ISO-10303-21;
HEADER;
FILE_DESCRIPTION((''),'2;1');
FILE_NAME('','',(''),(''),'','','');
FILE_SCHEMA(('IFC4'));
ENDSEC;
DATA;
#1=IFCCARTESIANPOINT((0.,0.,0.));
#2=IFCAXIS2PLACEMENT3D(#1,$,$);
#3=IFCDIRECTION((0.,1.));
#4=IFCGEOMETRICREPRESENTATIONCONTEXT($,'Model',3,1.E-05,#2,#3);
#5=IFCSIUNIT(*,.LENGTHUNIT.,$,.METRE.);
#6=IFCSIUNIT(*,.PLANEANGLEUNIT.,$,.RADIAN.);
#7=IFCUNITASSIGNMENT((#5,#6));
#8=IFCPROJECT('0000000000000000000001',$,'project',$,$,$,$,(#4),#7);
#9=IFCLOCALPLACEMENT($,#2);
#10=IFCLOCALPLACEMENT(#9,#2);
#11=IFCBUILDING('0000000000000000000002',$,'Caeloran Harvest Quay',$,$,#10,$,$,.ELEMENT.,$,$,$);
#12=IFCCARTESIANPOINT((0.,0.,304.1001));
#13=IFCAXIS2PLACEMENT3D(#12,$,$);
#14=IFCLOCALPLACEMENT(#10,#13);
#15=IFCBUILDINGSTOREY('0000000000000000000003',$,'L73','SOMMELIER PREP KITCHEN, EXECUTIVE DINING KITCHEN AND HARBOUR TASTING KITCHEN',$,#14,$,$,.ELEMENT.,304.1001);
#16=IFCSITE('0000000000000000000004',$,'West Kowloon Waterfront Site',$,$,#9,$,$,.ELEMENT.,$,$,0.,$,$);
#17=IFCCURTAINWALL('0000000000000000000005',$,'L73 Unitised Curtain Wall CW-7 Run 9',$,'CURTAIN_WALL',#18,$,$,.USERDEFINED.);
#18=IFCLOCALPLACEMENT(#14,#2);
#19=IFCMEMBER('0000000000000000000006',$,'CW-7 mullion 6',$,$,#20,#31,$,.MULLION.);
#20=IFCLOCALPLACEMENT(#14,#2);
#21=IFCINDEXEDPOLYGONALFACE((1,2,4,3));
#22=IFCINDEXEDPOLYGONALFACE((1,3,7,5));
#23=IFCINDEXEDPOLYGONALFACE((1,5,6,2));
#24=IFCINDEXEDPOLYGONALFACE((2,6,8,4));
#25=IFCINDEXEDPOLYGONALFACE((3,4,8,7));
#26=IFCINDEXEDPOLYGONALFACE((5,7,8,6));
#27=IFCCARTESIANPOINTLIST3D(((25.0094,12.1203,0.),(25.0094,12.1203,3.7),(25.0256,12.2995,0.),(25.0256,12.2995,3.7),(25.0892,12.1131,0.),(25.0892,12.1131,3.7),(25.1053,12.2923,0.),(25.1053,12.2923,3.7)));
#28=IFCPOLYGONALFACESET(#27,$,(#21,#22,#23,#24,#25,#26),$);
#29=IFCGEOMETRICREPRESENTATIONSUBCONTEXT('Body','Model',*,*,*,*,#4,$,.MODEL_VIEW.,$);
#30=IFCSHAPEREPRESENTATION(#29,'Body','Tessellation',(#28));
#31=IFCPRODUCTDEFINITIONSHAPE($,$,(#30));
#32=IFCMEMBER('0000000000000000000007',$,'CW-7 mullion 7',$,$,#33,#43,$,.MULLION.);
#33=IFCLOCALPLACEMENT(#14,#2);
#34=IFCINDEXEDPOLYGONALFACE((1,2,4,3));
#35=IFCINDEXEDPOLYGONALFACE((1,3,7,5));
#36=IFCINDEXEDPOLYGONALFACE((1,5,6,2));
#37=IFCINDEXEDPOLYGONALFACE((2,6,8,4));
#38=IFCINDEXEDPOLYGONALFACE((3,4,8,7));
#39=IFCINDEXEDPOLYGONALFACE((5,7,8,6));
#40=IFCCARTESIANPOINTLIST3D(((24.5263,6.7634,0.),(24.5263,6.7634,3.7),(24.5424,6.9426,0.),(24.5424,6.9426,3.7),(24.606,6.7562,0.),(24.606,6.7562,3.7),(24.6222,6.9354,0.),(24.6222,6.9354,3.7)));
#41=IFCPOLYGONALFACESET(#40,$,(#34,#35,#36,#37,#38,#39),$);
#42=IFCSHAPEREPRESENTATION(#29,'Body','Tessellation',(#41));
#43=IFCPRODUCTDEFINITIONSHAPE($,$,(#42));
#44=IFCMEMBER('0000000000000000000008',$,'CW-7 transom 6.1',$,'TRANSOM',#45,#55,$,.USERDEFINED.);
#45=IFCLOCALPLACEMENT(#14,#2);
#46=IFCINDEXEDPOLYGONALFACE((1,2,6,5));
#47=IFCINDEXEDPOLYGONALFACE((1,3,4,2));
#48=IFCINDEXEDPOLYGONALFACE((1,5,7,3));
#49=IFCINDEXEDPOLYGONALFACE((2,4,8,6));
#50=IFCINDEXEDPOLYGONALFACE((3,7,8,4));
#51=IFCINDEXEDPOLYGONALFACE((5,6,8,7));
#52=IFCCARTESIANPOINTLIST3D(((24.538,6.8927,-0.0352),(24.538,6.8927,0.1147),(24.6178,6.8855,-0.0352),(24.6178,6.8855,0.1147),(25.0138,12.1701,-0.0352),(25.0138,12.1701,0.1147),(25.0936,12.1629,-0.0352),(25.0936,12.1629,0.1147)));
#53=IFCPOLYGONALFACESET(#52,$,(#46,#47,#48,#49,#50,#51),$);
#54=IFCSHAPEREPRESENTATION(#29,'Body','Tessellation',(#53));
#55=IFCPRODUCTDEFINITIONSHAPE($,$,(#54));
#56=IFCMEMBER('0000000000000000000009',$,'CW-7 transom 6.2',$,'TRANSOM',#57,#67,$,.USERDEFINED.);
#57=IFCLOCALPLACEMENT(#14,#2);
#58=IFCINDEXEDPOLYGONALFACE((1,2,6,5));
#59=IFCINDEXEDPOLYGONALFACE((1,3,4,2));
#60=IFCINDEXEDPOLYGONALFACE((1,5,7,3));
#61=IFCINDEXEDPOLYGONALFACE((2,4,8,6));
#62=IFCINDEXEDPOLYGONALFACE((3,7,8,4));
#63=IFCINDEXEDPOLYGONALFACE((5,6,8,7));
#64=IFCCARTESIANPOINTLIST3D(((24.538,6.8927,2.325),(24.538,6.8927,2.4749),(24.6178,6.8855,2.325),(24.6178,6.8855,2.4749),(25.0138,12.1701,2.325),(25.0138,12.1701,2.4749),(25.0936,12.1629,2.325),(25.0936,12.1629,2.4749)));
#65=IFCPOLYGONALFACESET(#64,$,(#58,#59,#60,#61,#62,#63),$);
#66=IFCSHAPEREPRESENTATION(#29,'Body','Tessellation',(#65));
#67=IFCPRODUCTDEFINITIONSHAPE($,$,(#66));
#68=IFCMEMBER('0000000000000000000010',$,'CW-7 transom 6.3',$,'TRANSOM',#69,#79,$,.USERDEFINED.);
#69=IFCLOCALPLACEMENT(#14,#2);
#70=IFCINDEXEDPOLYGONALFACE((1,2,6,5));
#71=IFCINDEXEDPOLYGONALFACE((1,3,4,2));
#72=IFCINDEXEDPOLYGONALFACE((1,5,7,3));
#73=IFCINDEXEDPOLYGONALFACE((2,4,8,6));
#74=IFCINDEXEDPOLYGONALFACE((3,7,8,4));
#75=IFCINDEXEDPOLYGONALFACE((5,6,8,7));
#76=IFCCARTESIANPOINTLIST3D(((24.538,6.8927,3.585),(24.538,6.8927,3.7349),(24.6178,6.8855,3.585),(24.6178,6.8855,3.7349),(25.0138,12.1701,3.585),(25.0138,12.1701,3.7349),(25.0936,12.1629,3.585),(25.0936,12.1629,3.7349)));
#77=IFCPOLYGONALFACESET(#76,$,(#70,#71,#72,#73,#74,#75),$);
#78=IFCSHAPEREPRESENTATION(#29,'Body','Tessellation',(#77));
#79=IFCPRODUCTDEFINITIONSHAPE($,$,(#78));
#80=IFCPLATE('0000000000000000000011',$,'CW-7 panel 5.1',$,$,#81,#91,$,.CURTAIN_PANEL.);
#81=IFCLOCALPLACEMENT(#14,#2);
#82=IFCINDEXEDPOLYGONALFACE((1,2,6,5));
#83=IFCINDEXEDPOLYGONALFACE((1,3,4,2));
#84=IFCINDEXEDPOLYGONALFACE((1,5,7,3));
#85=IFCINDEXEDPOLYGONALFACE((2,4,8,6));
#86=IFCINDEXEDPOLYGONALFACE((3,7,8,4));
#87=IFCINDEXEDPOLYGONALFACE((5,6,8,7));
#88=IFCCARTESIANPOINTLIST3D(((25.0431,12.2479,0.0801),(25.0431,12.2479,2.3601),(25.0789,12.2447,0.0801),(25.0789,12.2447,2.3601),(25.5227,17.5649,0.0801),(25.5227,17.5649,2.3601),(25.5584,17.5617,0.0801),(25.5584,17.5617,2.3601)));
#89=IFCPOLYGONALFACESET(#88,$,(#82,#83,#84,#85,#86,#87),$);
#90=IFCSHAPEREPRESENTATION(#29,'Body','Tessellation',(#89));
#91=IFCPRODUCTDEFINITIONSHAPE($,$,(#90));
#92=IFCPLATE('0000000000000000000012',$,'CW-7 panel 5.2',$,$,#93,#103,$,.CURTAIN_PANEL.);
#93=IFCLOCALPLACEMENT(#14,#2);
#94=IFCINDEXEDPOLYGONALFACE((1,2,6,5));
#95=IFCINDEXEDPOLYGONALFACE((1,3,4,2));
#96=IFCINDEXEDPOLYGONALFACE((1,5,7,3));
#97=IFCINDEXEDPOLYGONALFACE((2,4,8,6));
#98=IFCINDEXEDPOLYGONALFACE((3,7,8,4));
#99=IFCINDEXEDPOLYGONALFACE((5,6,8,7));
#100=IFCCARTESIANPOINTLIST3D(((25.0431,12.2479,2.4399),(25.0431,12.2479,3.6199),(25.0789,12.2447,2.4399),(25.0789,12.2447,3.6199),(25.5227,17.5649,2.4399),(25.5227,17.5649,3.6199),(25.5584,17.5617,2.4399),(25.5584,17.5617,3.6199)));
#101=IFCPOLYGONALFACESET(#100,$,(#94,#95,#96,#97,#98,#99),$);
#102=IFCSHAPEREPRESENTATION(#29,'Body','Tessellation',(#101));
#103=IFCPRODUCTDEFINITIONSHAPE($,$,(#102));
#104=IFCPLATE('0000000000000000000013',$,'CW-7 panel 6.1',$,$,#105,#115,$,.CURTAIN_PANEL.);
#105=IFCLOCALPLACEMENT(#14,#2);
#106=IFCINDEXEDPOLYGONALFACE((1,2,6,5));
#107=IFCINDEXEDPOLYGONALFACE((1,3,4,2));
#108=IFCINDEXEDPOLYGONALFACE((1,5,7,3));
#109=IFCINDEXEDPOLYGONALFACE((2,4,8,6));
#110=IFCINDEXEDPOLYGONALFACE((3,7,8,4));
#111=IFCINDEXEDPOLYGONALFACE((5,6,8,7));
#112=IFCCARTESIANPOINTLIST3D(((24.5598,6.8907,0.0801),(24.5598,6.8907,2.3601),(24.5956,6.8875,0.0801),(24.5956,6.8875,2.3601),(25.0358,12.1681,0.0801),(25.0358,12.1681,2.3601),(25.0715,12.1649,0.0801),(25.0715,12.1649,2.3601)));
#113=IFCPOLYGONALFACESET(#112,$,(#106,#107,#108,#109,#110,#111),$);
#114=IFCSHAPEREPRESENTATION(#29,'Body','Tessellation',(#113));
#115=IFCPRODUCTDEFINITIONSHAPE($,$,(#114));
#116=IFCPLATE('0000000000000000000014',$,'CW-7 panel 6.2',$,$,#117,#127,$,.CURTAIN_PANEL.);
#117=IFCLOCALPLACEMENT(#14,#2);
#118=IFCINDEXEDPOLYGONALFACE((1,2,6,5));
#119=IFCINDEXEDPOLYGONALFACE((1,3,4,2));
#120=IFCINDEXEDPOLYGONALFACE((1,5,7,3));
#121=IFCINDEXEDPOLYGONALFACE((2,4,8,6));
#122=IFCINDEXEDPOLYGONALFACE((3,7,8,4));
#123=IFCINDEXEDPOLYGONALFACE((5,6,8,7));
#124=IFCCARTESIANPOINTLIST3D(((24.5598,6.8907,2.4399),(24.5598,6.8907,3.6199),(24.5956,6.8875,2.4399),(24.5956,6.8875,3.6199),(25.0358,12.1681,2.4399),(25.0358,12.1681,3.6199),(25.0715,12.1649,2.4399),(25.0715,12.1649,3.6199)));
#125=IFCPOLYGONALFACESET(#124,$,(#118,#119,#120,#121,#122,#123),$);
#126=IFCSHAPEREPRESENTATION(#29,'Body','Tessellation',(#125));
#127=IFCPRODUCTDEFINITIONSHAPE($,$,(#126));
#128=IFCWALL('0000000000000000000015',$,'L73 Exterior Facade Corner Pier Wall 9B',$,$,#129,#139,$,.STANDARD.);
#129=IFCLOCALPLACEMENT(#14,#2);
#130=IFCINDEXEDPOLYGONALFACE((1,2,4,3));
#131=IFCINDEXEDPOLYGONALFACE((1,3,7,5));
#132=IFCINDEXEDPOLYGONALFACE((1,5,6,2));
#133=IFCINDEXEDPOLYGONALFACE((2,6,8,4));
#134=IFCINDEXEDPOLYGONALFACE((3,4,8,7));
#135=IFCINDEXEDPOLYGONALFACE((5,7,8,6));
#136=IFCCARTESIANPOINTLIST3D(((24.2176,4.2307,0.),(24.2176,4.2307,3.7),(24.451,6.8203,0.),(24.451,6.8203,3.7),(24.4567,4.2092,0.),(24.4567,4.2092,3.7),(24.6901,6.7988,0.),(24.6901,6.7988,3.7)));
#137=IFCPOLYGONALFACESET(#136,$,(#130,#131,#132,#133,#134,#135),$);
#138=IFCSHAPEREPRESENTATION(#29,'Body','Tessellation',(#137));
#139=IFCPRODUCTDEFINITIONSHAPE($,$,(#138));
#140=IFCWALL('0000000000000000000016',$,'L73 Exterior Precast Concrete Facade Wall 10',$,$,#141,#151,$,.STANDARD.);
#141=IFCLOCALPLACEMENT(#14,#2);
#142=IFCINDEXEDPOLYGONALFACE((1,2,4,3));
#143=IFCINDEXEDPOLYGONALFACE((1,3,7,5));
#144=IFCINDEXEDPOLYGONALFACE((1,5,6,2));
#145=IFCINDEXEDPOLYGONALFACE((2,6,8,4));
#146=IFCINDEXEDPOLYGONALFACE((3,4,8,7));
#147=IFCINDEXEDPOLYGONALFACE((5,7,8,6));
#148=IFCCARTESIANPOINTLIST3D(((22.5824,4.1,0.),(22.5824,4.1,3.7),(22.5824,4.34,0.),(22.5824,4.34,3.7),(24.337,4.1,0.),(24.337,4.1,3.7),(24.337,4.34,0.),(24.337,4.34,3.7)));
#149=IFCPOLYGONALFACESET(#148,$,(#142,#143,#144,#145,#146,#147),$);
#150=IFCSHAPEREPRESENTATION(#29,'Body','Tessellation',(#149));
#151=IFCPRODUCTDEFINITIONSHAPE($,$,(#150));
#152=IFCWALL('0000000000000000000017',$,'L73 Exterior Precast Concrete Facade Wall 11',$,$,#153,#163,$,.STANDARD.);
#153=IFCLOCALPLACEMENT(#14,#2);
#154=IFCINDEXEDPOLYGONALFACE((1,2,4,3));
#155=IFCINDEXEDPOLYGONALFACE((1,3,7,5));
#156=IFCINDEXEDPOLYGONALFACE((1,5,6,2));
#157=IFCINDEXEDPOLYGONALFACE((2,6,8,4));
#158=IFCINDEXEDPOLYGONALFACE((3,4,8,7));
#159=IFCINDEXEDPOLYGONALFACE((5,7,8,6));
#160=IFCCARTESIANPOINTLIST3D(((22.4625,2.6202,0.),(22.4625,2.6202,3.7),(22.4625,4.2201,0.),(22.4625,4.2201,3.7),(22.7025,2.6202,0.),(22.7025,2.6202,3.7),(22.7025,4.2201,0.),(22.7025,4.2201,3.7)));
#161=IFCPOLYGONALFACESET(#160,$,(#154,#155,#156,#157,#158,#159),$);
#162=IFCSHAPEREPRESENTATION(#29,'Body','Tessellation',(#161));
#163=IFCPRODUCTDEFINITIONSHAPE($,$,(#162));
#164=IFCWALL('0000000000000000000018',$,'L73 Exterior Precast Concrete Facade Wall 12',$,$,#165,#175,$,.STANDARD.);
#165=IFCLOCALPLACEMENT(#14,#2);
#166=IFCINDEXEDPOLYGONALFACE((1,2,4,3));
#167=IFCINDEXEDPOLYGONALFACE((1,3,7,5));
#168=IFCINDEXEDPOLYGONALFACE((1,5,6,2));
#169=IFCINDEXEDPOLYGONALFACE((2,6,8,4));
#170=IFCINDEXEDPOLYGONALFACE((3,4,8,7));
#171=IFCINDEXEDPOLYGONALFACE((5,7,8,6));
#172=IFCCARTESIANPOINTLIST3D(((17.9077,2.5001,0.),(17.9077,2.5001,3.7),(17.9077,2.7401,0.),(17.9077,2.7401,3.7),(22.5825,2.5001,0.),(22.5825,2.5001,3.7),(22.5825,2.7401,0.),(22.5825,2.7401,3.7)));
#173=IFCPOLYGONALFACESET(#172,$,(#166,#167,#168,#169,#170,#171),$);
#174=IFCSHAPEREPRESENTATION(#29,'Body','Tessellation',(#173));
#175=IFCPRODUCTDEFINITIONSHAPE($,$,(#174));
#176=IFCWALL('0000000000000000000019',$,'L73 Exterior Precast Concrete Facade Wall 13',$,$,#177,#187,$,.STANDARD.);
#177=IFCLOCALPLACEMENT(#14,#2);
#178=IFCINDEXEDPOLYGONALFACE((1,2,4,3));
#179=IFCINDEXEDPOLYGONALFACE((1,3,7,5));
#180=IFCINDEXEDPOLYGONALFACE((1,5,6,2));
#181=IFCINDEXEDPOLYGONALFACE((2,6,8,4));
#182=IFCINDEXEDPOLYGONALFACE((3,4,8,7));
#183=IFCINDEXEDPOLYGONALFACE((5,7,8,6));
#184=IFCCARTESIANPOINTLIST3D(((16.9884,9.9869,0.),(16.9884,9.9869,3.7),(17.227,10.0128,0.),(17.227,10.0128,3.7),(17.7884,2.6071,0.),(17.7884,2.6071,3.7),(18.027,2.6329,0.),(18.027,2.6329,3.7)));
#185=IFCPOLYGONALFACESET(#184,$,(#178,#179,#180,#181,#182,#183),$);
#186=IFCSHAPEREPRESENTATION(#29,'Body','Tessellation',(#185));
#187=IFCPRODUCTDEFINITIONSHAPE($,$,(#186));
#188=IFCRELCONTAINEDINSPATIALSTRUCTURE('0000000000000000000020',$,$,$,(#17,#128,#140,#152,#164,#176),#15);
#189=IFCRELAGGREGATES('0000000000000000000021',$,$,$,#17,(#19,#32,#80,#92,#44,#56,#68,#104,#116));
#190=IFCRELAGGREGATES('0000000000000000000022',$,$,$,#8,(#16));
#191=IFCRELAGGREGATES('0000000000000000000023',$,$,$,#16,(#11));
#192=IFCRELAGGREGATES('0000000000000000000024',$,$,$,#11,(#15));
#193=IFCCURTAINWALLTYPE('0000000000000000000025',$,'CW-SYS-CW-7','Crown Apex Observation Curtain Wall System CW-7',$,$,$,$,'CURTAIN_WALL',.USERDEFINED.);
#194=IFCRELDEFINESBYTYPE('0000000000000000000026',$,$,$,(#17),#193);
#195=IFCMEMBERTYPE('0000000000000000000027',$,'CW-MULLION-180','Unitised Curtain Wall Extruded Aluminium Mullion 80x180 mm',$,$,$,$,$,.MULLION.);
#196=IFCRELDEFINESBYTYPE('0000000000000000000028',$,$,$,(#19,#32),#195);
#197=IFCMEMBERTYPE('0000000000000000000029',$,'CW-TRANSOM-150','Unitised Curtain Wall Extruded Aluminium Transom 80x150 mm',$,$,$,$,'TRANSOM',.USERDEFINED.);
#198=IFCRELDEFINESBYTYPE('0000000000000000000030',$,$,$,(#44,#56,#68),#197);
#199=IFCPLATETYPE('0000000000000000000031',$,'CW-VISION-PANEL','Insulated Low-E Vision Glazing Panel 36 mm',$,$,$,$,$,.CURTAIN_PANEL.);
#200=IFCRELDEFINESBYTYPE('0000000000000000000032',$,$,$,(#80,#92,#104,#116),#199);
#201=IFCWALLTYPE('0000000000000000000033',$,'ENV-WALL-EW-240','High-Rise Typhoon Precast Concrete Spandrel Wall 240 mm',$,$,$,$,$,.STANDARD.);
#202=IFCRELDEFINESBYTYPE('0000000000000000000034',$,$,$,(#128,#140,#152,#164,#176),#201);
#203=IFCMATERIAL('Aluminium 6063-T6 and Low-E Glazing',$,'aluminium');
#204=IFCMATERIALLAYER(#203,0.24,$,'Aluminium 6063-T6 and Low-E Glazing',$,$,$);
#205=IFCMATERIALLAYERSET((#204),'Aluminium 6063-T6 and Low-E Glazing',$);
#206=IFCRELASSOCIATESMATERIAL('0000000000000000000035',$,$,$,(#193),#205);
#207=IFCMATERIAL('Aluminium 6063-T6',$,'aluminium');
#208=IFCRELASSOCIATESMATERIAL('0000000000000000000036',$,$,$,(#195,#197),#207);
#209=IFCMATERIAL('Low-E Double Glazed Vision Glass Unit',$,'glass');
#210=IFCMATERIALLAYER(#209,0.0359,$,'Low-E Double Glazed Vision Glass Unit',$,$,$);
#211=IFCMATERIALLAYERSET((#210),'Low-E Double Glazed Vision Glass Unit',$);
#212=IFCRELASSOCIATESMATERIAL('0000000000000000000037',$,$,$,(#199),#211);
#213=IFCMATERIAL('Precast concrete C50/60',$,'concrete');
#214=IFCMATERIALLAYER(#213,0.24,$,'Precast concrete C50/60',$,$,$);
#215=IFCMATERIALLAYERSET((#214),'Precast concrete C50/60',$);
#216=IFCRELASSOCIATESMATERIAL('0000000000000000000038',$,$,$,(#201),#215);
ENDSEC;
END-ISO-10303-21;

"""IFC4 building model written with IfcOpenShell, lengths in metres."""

from ifc_helpers import new_model, si_unit, direction, frame, frame_2d, origin, origin_2d, place, context, subcontext, project, spatial, rectangle, extrude, material, layer, layer_set, material_profile, profile_set, type_object, element, aggregate, save


model = new_model("IFC4")

# Units and contexts
model_context = context("Model", 3, precision=1e-05, world=origin(), true_north=direction((0.0, 1.0)))
body_context = subcontext(model_context, "Body", "Model", "MODEL_VIEW")
ifc_project = project(units=[si_unit("LENGTHUNIT", "METRE"), si_unit("PLANEANGLEUNIT", "RADIAN")], contexts=[model_context])

# Site, building, storey
site_placement = place(None, origin())
site = spatial("IfcSite", under=ifc_project, at=site_placement, Name="West Kowloon Waterfront Site", CompositionType="ELEMENT", RefElevation=0.0)
building_placement = place(site_placement, origin())
building = spatial("IfcBuilding", under=site, at=building_placement, Name="Caeloran Harvest Quay", CompositionType="ELEMENT")
storey_placement = place(building_placement, frame((0.0, 0.0, 304.1001)))
storey = spatial("IfcBuildingStorey", under=building, at=storey_placement, Name="L73", Description="SOMMELIER PREP KITCHEN, EXECUTIVE DINING KITCHEN AND HARBOUR TASTING KITCHEN", CompositionType="ELEMENT", Elevation=304.1001)

# Curtain wall, members, plates
ifc_material_1 = material(Name="Aluminium 6063-T6 and Low-E Glazing", Category="aluminium")
ifc_layer_1 = layer(ifc_material_1, 0.24, Name="Aluminium 6063-T6 and Low-E Glazing")
ifc_layer_set_1 = layer_set([ifc_layer_1], Name="Aluminium 6063-T6 and Low-E Glazing")
curtain_wall_type = type_object("IfcCurtainWallType", Name="CW-SYS-CW-7", Description="Crown Apex Observation Curtain Wall System CW-7", ElementType="CURTAIN_WALL", PredefinedType="USERDEFINED", material=ifc_layer_set_1)
curtain_wall_placement = place(storey_placement, origin())
curtain_wall = element("IfcCurtainWall", 1, at=curtain_wall_placement, inside=storey, type_object=curtain_wall_type, Name="L73 Unitised Curtain Wall CW-7 Run 9", ObjectType="CURTAIN_WALL", PredefinedType="USERDEFINED")
ifc_material_2 = material(Name="Aluminium 6063-T6", Category="aluminium")
ifc_material_profile_1 = material_profile(ifc_material_2, rectangle(XDim=0.0801, YDim=0.1799, at=origin_2d()), Name="CW-MULLION-180")
ifc_profile_set_1 = profile_set([ifc_material_profile_1], Name="Aluminium 6063-T6")
member_type_1 = type_object("IfcMemberType", Name="CW-MULLION-180", Description="Unitised Curtain Wall Extruded Aluminium Mullion 80x180 mm", PredefinedType="MULLION", material=ifc_profile_set_1)
member_1_placement = place(storey_placement, frame((25.0574, 12.2063, 0.0), z_axis=(0.0, 0.0, 1.0), x_axis=(0.995958, -0.089821, 0.0)))
member_1 = element("IfcMember", 2, at=member_1_placement, type_object=member_type_1, Name="CW-7 mullion 6", PredefinedType="MULLION", context=body_context, shape_type="SweptSolid", body=[
    extrude(rectangle(XDim=0.0801, YDim=0.1799, at=origin_2d()), origin(), (0.0, 0.0, 1.0), 3.7),
])
member_2_placement = place(storey_placement, frame((24.5742, 6.8494, 0.0), z_axis=(0.0, 0.0, 1.0), x_axis=(0.995958, -0.089821, 0.0)))
member_2 = element("IfcMember", 3, at=member_2_placement, type_object=member_type_1, Name="CW-7 mullion 7", PredefinedType="MULLION", context=body_context, shape_type="SweptSolid", body=[
    extrude(rectangle(XDim=0.0801, YDim=0.1799, at=origin_2d()), origin(), (0.0, 0.0, 1.0), 3.7),
])
ifc_material_profile_2 = material_profile(ifc_material_2, rectangle(XDim=0.0801, YDim=0.1499, at=origin_2d()), Name="CW-TRANSOM-150")
ifc_profile_set_2 = profile_set([ifc_material_profile_2], Name="Aluminium 6063-T6")
member_type_2 = type_object("IfcMemberType", Name="CW-TRANSOM-150", Description="Unitised Curtain Wall Extruded Aluminium Transom 80x150 mm", ElementType="TRANSOM", PredefinedType="USERDEFINED", material=ifc_profile_set_2)
member_3_placement = place(storey_placement, frame((25.0537, 12.1665, 0.0398), z_axis=(-0.0898, -0.99596, 0.0), x_axis=(0.99596, -0.0898, 0.0)))
member_3 = element("IfcMember", 4, at=member_3_placement, type_object=member_type_2, Name="CW-7 transom 6.1", ObjectType="TRANSOM", PredefinedType="USERDEFINED", context=body_context, shape_type="SweptSolid", body=[
    extrude(rectangle(XDim=0.0801, YDim=0.1499, at=origin_2d()), origin(), (0.0, 0.0, 1.0), 5.2988),
])
member_4_placement = place(storey_placement, frame((25.0537, 12.1665, 2.3999), z_axis=(-0.0898, -0.99596, 0.0), x_axis=(0.99596, -0.0898, 0.0)))
member_4 = element("IfcMember", 5, at=member_4_placement, type_object=member_type_2, Name="CW-7 transom 6.2", ObjectType="TRANSOM", PredefinedType="USERDEFINED", context=body_context, shape_type="SweptSolid", body=[
    extrude(rectangle(XDim=0.0801, YDim=0.1499, at=origin_2d()), origin(), (0.0, 0.0, 1.0), 5.2988),
])
member_5_placement = place(storey_placement, frame((25.0537, 12.1665, 3.6599), z_axis=(-0.0898, -0.99596, 0.0), x_axis=(0.99596, -0.0898, 0.0)))
member_5 = element("IfcMember", 6, at=member_5_placement, type_object=member_type_2, Name="CW-7 transom 6.3", ObjectType="TRANSOM", PredefinedType="USERDEFINED", context=body_context, shape_type="SweptSolid", body=[
    extrude(rectangle(XDim=0.0801, YDim=0.1499, at=origin_2d()), origin(), (0.0, 0.0, 1.0), 5.2988),
])
ifc_material_3 = material(Name="Low-E Double Glazed Vision Glass Unit", Category="glass")
ifc_layer_2 = layer(ifc_material_3, 0.0359, Name="Low-E Double Glazed Vision Glass Unit")
ifc_layer_set_2 = layer_set([ifc_layer_2], Name="Low-E Double Glazed Vision Glass Unit")
plate_type = type_object("IfcPlateType", Name="CW-VISION-PANEL", Description="Insulated Low-E Vision Glazing Panel 36 mm", PredefinedType="CURTAIN_PANEL", material=ifc_layer_set_2)
plate_1_placement = place(storey_placement, frame((25.3008, 14.9048, 0.0801), z_axis=(0.0, 0.0, 1.0), x_axis=(-0.089821, -0.995958, 0.0)))
plate_1 = element("IfcPlate", 7, at=plate_1_placement, type_object=plate_type, Name="CW-7 panel 5.1", PredefinedType="CURTAIN_PANEL", context=body_context, shape_type="SweptSolid", body=[
    extrude(rectangle(XDim=5.3386, YDim=0.0359, at=origin_2d()), origin(), (0.0, 0.0, 1.0), 2.28),
])
plate_2_placement = place(storey_placement, frame((25.3008, 14.9048, 2.4399), z_axis=(0.0, 0.0, 1.0), x_axis=(-0.089821, -0.995958, 0.0)))
plate_2 = element("IfcPlate", 8, at=plate_2_placement, type_object=plate_type, Name="CW-7 panel 5.2", PredefinedType="CURTAIN_PANEL", context=body_context, shape_type="SweptSolid", body=[
    extrude(rectangle(XDim=5.3386, YDim=0.0359, at=origin_2d()), origin(), (0.0, 0.0, 1.0), 1.1799),
])
plate_3_placement = place(storey_placement, frame((24.8157, 9.5278, 0.0801), z_axis=(0.0, 0.0, 1.0), x_axis=(-0.089821, -0.995958, 0.0)))
plate_3 = element("IfcPlate", 9, at=plate_3_placement, type_object=plate_type, Name="CW-7 panel 6.1", PredefinedType="CURTAIN_PANEL", context=body_context, shape_type="SweptSolid", body=[
    extrude(rectangle(XDim=5.2988, YDim=0.0359, at=origin_2d()), origin(), (0.0, 0.0, 1.0), 2.28),
])
plate_4_placement = place(storey_placement, frame((24.8157, 9.5278, 2.4399), z_axis=(0.0, 0.0, 1.0), x_axis=(-0.089821, -0.995958, 0.0)))
plate_4 = element("IfcPlate", 10, at=plate_4_placement, type_object=plate_type, Name="CW-7 panel 6.2", PredefinedType="CURTAIN_PANEL", context=body_context, shape_type="SweptSolid", body=[
    extrude(rectangle(XDim=5.2988, YDim=0.0359, at=origin_2d()), origin(), (0.0, 0.0, 1.0), 1.1799),
])
aggregate(curtain_wall, [member_1, member_2, plate_1, plate_2, member_3, member_4, member_5, plate_3, plate_4])

# Walls
ifc_material_4 = material(Name="Precast concrete C50/60", Category="concrete")
ifc_layer_3 = layer(ifc_material_4, 0.24, Name="Precast concrete C50/60")
ifc_layer_set_3 = layer_set([ifc_layer_3], Name="Precast concrete C50/60")
wall_type_1 = type_object("IfcWallType", Name="ENV-WALL-EW-240", Description="High-Rise Typhoon Precast Concrete Spandrel Wall 240 mm", PredefinedType="STANDARD", material=ifc_layer_set_3)
wall_1_placement = place(storey_placement, frame((24.5706, 6.8096, 0.0), z_axis=(0.0, 0.0, 1.0), x_axis=(-0.089765, -0.995963, 0.0)))
element("IfcWall", 11, at=wall_1_placement, inside=storey, type_object=wall_type_1, Name="L73 Exterior Facade Corner Pier Wall 9B", PredefinedType="STANDARD", context=body_context, shape_type="SweptSolid", body=[
    extrude(rectangle(XDim=2.6001, YDim=0.24, at=frame_2d((1.3, 0.0))), origin(), (0.0, 0.0, 1.0), 3.7),
])
wall_2_placement = place(storey_placement, frame((24.3372, 4.22, 0.0), z_axis=(0.0, 0.0, 1.0), x_axis=(-1.0, 0.0, 0.0)))
element("IfcWall", 12, at=wall_2_placement, inside=storey, type_object=wall_type_1, Name="L73 Exterior Precast Concrete Facade Wall 10", PredefinedType="STANDARD", context=body_context, shape_type="SweptSolid", body=[
    extrude(rectangle(XDim=1.7546, YDim=0.24, at=frame_2d((0.8774, 0.0))), origin(), (0.0, 0.0, 1.0), 3.7),
])
wall_3_placement = place(storey_placement, frame((22.5825, 4.22, 0.0), z_axis=(0.0, 0.0, 1.0), x_axis=(0.0, -1.0, 0.0)))
element("IfcWall", 13, at=wall_3_placement, inside=storey, type_object=wall_type_1, Name="L73 Exterior Precast Concrete Facade Wall 11", PredefinedType="STANDARD", context=body_context, shape_type="SweptSolid", body=[
    extrude(rectangle(XDim=1.5999, YDim=0.24, at=frame_2d((0.7998, 0.0))), origin(), (0.0, 0.0, 1.0), 3.7),
])
wall_4_placement = place(storey_placement, frame((22.5825, 2.6201, 0.0), z_axis=(0.0, 0.0, 1.0), x_axis=(-1.0, 0.0, 0.0)))
element("IfcWall", 14, at=wall_4_placement, inside=storey, type_object=wall_type_1, Name="L73 Exterior Precast Concrete Facade Wall 12", PredefinedType="STANDARD", context=body_context, shape_type="SweptSolid", body=[
    extrude(rectangle(XDim=4.6748, YDim=0.24, at=frame_2d((2.3374, 0.0))), origin(), (0.0, 0.0, 1.0), 3.7),
])
wall_5_placement = place(storey_placement, frame((17.9077, 2.6201, 0.0), z_axis=(0.0, 0.0, 1.0), x_axis=(-0.107778, 0.994175, 0.0)))
element("IfcWall", 15, at=wall_5_placement, inside=storey, type_object=wall_type_1, Name="L73 Exterior Precast Concrete Facade Wall 13", PredefinedType="STANDARD", context=body_context, shape_type="SweptSolid", body=[
    extrude(rectangle(XDim=7.4231, YDim=0.24, at=frame_2d((3.7114, 0.0))), origin(), (0.0, 0.0, 1.0), 3.7),
])

save(model, "model.ifc")
